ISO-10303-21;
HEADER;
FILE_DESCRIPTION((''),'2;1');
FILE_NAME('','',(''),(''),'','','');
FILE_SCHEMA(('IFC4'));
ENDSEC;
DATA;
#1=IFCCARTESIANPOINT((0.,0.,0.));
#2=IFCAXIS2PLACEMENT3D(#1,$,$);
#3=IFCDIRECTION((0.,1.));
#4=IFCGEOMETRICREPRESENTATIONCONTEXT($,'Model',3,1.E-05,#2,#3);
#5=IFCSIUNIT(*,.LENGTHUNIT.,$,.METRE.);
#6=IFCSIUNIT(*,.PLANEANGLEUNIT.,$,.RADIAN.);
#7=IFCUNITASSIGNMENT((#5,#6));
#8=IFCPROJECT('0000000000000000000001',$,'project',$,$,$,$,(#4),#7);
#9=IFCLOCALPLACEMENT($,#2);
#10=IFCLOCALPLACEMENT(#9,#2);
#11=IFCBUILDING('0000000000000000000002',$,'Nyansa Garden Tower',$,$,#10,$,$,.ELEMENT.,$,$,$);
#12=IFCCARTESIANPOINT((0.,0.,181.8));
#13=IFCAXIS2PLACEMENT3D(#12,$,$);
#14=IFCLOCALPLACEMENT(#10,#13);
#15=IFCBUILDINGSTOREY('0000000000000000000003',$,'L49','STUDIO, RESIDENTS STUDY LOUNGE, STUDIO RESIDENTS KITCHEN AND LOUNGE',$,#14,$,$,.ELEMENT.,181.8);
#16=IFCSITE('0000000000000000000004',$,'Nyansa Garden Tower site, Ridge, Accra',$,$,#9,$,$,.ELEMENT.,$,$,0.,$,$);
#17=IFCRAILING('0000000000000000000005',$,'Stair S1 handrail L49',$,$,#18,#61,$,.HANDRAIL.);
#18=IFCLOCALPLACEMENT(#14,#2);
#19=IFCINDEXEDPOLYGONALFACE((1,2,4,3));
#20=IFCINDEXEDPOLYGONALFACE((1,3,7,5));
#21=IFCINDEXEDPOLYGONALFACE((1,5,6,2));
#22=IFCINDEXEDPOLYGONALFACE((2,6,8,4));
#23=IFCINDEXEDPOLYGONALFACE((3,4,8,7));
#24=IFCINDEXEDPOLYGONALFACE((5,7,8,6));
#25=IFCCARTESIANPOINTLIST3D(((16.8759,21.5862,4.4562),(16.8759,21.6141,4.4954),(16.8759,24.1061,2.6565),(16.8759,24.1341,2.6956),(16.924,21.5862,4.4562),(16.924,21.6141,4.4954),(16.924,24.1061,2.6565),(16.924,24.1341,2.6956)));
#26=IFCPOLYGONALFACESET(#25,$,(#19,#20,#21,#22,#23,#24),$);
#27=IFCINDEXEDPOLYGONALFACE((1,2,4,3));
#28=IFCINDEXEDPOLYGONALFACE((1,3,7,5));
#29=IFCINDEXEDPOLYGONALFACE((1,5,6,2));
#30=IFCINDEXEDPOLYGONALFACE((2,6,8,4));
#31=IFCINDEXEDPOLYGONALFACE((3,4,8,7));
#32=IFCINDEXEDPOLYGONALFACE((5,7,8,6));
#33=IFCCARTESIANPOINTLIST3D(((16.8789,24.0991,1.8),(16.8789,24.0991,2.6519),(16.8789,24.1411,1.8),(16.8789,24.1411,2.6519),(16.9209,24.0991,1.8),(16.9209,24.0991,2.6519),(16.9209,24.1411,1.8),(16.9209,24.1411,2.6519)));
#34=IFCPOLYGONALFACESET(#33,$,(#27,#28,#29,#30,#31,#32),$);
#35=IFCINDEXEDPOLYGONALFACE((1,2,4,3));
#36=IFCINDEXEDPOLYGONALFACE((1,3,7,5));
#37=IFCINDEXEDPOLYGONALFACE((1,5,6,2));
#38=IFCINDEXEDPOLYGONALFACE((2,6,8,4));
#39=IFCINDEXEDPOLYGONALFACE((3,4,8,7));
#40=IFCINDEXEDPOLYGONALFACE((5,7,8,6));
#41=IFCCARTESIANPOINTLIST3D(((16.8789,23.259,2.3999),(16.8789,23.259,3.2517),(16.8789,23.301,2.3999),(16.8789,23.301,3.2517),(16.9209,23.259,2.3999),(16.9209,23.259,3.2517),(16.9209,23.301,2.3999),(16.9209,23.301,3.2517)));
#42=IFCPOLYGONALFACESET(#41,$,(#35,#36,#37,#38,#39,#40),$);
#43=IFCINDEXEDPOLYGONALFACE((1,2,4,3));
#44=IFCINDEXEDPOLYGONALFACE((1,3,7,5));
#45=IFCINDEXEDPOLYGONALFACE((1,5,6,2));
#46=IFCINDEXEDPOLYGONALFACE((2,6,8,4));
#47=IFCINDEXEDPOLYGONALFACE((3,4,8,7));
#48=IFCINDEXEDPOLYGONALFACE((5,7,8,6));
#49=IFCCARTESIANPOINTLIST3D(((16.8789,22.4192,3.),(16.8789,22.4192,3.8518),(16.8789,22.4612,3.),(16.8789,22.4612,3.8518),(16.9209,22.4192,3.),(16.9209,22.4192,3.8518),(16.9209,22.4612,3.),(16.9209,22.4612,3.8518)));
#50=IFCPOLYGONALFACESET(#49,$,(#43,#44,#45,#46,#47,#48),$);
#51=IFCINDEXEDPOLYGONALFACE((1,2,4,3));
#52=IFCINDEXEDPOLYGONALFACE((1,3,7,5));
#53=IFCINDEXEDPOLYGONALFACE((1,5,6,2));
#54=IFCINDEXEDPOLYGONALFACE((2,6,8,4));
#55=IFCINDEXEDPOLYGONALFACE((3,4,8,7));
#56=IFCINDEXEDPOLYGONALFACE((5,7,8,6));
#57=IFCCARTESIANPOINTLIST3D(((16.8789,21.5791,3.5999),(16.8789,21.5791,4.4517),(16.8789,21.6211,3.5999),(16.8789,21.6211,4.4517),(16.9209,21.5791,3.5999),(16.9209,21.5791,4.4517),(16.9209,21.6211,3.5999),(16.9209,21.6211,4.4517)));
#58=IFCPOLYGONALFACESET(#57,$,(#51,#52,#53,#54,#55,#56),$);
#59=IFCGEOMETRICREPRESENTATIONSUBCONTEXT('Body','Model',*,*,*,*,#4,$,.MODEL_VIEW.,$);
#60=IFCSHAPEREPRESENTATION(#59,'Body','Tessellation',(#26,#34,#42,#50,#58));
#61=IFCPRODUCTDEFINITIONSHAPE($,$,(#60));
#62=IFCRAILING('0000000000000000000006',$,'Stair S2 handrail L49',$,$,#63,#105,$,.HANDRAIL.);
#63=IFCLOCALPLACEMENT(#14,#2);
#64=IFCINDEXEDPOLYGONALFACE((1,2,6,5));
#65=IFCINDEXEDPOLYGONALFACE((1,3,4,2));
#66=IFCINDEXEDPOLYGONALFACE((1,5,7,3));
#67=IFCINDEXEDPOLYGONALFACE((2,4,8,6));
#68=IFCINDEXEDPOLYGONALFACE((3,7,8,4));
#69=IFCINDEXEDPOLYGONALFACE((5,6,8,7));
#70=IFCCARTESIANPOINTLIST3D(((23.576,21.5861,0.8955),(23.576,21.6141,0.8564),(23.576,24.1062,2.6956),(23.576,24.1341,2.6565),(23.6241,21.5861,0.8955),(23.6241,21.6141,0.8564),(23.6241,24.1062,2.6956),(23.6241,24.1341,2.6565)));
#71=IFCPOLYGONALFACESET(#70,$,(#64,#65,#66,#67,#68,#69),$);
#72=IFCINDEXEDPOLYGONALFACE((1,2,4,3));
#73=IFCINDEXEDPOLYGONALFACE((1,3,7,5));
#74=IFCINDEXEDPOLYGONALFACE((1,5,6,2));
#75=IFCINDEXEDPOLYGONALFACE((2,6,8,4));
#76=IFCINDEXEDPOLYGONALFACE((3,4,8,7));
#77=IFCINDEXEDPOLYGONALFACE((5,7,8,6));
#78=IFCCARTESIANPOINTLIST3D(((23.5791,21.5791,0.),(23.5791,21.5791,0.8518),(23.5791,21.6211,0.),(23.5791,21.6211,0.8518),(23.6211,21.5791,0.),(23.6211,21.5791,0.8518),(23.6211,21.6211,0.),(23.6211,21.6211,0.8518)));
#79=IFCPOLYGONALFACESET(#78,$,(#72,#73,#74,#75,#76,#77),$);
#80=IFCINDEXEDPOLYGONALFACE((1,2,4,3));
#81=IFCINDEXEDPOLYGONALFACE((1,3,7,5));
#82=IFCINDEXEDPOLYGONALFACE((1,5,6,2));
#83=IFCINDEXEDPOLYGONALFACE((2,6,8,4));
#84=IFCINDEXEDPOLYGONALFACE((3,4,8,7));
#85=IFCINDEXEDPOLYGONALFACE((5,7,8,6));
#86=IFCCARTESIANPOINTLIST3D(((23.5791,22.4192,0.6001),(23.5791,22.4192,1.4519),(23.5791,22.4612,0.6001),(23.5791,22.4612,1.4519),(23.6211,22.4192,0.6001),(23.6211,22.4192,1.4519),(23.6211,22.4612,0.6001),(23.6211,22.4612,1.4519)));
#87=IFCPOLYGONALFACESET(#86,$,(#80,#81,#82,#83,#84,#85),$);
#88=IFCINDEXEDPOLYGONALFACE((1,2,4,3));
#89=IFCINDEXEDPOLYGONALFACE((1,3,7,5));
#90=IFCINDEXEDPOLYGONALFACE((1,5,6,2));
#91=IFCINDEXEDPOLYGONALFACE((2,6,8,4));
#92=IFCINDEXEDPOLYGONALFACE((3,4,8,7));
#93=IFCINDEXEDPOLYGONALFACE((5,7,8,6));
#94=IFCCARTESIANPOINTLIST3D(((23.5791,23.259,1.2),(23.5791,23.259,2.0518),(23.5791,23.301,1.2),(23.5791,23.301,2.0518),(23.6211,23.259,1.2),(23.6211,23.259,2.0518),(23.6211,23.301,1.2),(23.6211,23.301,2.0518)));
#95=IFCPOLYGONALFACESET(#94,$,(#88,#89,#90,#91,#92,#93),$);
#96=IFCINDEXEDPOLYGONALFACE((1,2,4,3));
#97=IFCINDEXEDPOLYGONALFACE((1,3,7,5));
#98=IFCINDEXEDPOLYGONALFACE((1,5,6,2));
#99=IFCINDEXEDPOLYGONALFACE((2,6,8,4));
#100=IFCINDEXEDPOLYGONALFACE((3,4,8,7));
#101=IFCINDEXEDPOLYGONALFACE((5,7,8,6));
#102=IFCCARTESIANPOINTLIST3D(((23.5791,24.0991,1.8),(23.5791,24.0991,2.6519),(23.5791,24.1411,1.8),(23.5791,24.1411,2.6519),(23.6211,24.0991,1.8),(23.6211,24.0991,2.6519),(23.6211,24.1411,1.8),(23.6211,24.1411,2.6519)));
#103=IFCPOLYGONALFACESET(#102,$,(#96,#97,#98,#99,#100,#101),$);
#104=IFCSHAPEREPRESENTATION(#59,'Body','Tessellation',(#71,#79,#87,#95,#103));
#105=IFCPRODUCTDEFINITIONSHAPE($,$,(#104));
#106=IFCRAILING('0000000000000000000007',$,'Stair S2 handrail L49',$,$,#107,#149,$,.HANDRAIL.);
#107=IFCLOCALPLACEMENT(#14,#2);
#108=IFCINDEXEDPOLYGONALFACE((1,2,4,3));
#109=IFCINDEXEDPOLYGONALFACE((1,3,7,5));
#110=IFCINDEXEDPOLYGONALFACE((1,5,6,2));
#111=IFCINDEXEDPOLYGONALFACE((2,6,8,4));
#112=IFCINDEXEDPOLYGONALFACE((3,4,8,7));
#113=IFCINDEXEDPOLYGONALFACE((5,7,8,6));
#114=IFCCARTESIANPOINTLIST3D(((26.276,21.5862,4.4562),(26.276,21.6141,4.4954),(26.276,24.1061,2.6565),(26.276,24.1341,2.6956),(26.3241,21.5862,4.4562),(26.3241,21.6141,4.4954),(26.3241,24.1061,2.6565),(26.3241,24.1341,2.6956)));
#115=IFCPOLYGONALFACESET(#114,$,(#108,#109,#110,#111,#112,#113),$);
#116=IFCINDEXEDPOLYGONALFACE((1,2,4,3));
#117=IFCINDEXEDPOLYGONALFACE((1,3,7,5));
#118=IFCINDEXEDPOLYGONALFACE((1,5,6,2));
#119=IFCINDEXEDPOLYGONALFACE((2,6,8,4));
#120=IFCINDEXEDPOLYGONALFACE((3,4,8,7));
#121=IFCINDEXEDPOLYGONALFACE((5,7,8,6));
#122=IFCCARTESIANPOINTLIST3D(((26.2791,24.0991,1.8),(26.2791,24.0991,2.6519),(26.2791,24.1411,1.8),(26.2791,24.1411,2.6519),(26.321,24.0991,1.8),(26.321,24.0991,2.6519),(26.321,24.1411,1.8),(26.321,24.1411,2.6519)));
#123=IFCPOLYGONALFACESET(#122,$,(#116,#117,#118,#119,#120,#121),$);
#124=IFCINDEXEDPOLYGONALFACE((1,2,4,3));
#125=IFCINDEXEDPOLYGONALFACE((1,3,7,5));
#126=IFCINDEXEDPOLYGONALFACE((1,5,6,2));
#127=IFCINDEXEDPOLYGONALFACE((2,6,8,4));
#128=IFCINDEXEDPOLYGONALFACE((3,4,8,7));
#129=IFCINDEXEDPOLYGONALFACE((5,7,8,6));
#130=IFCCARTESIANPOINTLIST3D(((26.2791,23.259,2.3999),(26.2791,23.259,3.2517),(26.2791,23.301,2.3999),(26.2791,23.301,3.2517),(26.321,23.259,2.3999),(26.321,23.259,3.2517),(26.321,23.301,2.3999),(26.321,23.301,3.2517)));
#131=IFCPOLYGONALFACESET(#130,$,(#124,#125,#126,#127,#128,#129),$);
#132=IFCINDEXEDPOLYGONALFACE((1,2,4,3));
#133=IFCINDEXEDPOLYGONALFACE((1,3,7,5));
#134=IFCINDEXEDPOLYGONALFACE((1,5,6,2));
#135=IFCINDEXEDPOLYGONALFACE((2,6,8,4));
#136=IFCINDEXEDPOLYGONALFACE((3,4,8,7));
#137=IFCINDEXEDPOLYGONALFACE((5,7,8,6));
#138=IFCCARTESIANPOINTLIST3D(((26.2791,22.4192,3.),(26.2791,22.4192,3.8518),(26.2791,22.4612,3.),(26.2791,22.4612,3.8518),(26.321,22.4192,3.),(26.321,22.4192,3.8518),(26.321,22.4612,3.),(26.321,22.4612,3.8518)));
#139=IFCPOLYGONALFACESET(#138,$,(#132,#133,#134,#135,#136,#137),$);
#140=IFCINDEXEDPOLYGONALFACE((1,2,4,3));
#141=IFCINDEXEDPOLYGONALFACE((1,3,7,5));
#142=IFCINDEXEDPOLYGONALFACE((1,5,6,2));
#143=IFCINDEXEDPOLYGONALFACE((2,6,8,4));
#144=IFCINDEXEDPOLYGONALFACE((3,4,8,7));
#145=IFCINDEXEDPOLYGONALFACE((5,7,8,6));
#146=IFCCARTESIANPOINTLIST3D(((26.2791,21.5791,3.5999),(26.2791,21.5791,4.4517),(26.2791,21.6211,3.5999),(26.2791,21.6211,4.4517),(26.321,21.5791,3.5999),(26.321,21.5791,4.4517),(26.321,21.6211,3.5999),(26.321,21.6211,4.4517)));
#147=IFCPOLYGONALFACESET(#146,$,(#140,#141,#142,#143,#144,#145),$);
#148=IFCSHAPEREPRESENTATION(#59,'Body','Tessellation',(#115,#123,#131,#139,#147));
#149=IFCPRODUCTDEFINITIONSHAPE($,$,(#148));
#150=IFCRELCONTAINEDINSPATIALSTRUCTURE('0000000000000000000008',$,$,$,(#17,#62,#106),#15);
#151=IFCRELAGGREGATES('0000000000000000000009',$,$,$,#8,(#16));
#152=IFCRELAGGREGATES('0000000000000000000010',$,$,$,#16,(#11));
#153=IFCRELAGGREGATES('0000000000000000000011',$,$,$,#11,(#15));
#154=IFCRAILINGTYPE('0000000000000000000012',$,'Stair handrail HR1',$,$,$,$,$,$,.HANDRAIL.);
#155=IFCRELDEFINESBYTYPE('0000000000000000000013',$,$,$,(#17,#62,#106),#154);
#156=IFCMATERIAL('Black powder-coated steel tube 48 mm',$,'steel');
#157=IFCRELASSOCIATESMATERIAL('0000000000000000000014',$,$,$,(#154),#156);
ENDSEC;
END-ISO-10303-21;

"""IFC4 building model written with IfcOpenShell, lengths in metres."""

from ifc_helpers import new_model, si_unit, direction, frame, origin, origin_2d, place, context, subcontext, project, spatial, rectangle, extrude, material, type_object, element, save


model = new_model("IFC4")

# Units and contexts
model_context = context("Model", 3, precision=1e-05, world=origin(), true_north=direction((0.0, 1.0)))
body_context = subcontext(model_context, "Body", "Model", "MODEL_VIEW")
ifc_project = project(units=[si_unit("LENGTHUNIT", "METRE"), si_unit("PLANEANGLEUNIT", "RADIAN")], contexts=[model_context])

# Site, building, storey
site_placement = place(None, origin())
site = spatial("IfcSite", under=ifc_project, at=site_placement, Name="Nyansa Garden Tower site, Ridge, Accra", CompositionType="ELEMENT", RefElevation=0.0)
building_placement = place(site_placement, origin())
building = spatial("IfcBuilding", under=site, at=building_placement, Name="Nyansa Garden Tower", CompositionType="ELEMENT")
storey_placement = place(building_placement, frame((0.0, 0.0, 181.8)))
storey = spatial("IfcBuildingStorey", under=building, at=storey_placement, Name="L49", Description="STUDIO, RESIDENTS STUDY LOUNGE, STUDIO RESIDENTS KITCHEN AND LOUNGE", CompositionType="ELEMENT", Elevation=181.8)

# Railings
ifc_material_1 = material(Name="Black powder-coated steel tube 48 mm", Category="steel")
railing_type = type_object("IfcRailingType", Name="Stair handrail HR1", PredefinedType="HANDRAIL", material=ifc_material_1)
railing_1_placement = place(storey_placement, frame((16.8999, 24.1201, 1.8)))
element("IfcRailing", 1, at=railing_1_placement, inside=storey, type_object=railing_type, Name="Stair S1 handrail L49", PredefinedType="HANDRAIL", context=body_context, shape_type="SweptSolid", body=[
    extrude(rectangle(XDim=0.0481, YDim=0.0481, at=origin_2d()), frame((0.0, 0.0, 0.876), z_axis=(0.0, -0.813765, 0.581193), x_axis=(1.0, 0.0, 0.0)), (0.0, 0.0, 1.0), 3.0967),
    extrude(rectangle(XDim=0.042, YDim=0.042, at=origin_2d()), origin(), (0.0, 0.0, 1.0), 0.8518),
    extrude(rectangle(XDim=0.042, YDim=0.042, at=origin_2d()), frame((0.0, -0.8401, 0.5999)), (0.0, 0.0, 1.0), 0.8518),
    extrude(rectangle(XDim=0.042, YDim=0.042, at=origin_2d()), frame((0.0, -1.6799, 1.2)), (0.0, 0.0, 1.0), 0.8518),
    extrude(rectangle(XDim=0.042, YDim=0.042, at=origin_2d()), frame((0.0, -2.52, 1.7998)), (0.0, 0.0, 1.0), 0.8518),
])
railing_2_placement = place(storey_placement, frame((23.6001, 21.6001, 0.0)))
element("IfcRailing", 2, at=railing_2_placement, inside=storey, type_object=railing_type, Name="Stair S2 handrail L49", PredefinedType="HANDRAIL", context=body_context, shape_type="SweptSolid", body=[
    extrude(rectangle(XDim=0.0481, YDim=0.0481, at=origin_2d()), frame((0.0, 0.0, 0.876), z_axis=(0.0, 0.813728, 0.581246), x_axis=(-1.0, 0.0, 0.0)), (0.0, 0.0, 1.0), 3.0969),
    extrude(rectangle(XDim=0.042, YDim=0.042, at=origin_2d()), origin(), (0.0, 0.0, 1.0), 0.8518),
    extrude(rectangle(XDim=0.042, YDim=0.042, at=origin_2d()), frame((0.0, 0.8401, 0.6001)), (0.0, 0.0, 1.0), 0.8518),
    extrude(rectangle(XDim=0.042, YDim=0.042, at=origin_2d()), frame((0.0, 1.6799, 1.2)), (0.0, 0.0, 1.0), 0.8518),
    extrude(rectangle(XDim=0.042, YDim=0.042, at=origin_2d()), frame((0.0, 2.52, 1.8)), (0.0, 0.0, 1.0), 0.8518),
])
railing_3_placement = place(storey_placement, frame((26.3, 24.1201, 1.8)))
element("IfcRailing", 3, at=railing_3_placement, inside=storey, type_object=railing_type, Name="Stair S2 handrail L49", PredefinedType="HANDRAIL", context=body_context, shape_type="SweptSolid", body=[
    extrude(rectangle(XDim=0.0481, YDim=0.0481, at=origin_2d()), frame((0.0, 0.0, 0.876), z_axis=(0.0, -0.813765, 0.581193), x_axis=(1.0, 0.0, 0.0)), (0.0, 0.0, 1.0), 3.0967),
    extrude(rectangle(XDim=0.042, YDim=0.042, at=origin_2d()), origin(), (0.0, 0.0, 1.0), 0.8518),
    extrude(rectangle(XDim=0.042, YDim=0.042, at=origin_2d()), frame((0.0, -0.8401, 0.5999)), (0.0, 0.0, 1.0), 0.8518),
    extrude(rectangle(XDim=0.042, YDim=0.042, at=origin_2d()), frame((0.0, -1.6799, 1.2)), (0.0, 0.0, 1.0), 0.8518),
    extrude(rectangle(XDim=0.042, YDim=0.042, at=origin_2d()), frame((0.0, -2.52, 1.7998)), (0.0, 0.0, 1.0), 0.8518),
])

save(model, "model.ifc")
